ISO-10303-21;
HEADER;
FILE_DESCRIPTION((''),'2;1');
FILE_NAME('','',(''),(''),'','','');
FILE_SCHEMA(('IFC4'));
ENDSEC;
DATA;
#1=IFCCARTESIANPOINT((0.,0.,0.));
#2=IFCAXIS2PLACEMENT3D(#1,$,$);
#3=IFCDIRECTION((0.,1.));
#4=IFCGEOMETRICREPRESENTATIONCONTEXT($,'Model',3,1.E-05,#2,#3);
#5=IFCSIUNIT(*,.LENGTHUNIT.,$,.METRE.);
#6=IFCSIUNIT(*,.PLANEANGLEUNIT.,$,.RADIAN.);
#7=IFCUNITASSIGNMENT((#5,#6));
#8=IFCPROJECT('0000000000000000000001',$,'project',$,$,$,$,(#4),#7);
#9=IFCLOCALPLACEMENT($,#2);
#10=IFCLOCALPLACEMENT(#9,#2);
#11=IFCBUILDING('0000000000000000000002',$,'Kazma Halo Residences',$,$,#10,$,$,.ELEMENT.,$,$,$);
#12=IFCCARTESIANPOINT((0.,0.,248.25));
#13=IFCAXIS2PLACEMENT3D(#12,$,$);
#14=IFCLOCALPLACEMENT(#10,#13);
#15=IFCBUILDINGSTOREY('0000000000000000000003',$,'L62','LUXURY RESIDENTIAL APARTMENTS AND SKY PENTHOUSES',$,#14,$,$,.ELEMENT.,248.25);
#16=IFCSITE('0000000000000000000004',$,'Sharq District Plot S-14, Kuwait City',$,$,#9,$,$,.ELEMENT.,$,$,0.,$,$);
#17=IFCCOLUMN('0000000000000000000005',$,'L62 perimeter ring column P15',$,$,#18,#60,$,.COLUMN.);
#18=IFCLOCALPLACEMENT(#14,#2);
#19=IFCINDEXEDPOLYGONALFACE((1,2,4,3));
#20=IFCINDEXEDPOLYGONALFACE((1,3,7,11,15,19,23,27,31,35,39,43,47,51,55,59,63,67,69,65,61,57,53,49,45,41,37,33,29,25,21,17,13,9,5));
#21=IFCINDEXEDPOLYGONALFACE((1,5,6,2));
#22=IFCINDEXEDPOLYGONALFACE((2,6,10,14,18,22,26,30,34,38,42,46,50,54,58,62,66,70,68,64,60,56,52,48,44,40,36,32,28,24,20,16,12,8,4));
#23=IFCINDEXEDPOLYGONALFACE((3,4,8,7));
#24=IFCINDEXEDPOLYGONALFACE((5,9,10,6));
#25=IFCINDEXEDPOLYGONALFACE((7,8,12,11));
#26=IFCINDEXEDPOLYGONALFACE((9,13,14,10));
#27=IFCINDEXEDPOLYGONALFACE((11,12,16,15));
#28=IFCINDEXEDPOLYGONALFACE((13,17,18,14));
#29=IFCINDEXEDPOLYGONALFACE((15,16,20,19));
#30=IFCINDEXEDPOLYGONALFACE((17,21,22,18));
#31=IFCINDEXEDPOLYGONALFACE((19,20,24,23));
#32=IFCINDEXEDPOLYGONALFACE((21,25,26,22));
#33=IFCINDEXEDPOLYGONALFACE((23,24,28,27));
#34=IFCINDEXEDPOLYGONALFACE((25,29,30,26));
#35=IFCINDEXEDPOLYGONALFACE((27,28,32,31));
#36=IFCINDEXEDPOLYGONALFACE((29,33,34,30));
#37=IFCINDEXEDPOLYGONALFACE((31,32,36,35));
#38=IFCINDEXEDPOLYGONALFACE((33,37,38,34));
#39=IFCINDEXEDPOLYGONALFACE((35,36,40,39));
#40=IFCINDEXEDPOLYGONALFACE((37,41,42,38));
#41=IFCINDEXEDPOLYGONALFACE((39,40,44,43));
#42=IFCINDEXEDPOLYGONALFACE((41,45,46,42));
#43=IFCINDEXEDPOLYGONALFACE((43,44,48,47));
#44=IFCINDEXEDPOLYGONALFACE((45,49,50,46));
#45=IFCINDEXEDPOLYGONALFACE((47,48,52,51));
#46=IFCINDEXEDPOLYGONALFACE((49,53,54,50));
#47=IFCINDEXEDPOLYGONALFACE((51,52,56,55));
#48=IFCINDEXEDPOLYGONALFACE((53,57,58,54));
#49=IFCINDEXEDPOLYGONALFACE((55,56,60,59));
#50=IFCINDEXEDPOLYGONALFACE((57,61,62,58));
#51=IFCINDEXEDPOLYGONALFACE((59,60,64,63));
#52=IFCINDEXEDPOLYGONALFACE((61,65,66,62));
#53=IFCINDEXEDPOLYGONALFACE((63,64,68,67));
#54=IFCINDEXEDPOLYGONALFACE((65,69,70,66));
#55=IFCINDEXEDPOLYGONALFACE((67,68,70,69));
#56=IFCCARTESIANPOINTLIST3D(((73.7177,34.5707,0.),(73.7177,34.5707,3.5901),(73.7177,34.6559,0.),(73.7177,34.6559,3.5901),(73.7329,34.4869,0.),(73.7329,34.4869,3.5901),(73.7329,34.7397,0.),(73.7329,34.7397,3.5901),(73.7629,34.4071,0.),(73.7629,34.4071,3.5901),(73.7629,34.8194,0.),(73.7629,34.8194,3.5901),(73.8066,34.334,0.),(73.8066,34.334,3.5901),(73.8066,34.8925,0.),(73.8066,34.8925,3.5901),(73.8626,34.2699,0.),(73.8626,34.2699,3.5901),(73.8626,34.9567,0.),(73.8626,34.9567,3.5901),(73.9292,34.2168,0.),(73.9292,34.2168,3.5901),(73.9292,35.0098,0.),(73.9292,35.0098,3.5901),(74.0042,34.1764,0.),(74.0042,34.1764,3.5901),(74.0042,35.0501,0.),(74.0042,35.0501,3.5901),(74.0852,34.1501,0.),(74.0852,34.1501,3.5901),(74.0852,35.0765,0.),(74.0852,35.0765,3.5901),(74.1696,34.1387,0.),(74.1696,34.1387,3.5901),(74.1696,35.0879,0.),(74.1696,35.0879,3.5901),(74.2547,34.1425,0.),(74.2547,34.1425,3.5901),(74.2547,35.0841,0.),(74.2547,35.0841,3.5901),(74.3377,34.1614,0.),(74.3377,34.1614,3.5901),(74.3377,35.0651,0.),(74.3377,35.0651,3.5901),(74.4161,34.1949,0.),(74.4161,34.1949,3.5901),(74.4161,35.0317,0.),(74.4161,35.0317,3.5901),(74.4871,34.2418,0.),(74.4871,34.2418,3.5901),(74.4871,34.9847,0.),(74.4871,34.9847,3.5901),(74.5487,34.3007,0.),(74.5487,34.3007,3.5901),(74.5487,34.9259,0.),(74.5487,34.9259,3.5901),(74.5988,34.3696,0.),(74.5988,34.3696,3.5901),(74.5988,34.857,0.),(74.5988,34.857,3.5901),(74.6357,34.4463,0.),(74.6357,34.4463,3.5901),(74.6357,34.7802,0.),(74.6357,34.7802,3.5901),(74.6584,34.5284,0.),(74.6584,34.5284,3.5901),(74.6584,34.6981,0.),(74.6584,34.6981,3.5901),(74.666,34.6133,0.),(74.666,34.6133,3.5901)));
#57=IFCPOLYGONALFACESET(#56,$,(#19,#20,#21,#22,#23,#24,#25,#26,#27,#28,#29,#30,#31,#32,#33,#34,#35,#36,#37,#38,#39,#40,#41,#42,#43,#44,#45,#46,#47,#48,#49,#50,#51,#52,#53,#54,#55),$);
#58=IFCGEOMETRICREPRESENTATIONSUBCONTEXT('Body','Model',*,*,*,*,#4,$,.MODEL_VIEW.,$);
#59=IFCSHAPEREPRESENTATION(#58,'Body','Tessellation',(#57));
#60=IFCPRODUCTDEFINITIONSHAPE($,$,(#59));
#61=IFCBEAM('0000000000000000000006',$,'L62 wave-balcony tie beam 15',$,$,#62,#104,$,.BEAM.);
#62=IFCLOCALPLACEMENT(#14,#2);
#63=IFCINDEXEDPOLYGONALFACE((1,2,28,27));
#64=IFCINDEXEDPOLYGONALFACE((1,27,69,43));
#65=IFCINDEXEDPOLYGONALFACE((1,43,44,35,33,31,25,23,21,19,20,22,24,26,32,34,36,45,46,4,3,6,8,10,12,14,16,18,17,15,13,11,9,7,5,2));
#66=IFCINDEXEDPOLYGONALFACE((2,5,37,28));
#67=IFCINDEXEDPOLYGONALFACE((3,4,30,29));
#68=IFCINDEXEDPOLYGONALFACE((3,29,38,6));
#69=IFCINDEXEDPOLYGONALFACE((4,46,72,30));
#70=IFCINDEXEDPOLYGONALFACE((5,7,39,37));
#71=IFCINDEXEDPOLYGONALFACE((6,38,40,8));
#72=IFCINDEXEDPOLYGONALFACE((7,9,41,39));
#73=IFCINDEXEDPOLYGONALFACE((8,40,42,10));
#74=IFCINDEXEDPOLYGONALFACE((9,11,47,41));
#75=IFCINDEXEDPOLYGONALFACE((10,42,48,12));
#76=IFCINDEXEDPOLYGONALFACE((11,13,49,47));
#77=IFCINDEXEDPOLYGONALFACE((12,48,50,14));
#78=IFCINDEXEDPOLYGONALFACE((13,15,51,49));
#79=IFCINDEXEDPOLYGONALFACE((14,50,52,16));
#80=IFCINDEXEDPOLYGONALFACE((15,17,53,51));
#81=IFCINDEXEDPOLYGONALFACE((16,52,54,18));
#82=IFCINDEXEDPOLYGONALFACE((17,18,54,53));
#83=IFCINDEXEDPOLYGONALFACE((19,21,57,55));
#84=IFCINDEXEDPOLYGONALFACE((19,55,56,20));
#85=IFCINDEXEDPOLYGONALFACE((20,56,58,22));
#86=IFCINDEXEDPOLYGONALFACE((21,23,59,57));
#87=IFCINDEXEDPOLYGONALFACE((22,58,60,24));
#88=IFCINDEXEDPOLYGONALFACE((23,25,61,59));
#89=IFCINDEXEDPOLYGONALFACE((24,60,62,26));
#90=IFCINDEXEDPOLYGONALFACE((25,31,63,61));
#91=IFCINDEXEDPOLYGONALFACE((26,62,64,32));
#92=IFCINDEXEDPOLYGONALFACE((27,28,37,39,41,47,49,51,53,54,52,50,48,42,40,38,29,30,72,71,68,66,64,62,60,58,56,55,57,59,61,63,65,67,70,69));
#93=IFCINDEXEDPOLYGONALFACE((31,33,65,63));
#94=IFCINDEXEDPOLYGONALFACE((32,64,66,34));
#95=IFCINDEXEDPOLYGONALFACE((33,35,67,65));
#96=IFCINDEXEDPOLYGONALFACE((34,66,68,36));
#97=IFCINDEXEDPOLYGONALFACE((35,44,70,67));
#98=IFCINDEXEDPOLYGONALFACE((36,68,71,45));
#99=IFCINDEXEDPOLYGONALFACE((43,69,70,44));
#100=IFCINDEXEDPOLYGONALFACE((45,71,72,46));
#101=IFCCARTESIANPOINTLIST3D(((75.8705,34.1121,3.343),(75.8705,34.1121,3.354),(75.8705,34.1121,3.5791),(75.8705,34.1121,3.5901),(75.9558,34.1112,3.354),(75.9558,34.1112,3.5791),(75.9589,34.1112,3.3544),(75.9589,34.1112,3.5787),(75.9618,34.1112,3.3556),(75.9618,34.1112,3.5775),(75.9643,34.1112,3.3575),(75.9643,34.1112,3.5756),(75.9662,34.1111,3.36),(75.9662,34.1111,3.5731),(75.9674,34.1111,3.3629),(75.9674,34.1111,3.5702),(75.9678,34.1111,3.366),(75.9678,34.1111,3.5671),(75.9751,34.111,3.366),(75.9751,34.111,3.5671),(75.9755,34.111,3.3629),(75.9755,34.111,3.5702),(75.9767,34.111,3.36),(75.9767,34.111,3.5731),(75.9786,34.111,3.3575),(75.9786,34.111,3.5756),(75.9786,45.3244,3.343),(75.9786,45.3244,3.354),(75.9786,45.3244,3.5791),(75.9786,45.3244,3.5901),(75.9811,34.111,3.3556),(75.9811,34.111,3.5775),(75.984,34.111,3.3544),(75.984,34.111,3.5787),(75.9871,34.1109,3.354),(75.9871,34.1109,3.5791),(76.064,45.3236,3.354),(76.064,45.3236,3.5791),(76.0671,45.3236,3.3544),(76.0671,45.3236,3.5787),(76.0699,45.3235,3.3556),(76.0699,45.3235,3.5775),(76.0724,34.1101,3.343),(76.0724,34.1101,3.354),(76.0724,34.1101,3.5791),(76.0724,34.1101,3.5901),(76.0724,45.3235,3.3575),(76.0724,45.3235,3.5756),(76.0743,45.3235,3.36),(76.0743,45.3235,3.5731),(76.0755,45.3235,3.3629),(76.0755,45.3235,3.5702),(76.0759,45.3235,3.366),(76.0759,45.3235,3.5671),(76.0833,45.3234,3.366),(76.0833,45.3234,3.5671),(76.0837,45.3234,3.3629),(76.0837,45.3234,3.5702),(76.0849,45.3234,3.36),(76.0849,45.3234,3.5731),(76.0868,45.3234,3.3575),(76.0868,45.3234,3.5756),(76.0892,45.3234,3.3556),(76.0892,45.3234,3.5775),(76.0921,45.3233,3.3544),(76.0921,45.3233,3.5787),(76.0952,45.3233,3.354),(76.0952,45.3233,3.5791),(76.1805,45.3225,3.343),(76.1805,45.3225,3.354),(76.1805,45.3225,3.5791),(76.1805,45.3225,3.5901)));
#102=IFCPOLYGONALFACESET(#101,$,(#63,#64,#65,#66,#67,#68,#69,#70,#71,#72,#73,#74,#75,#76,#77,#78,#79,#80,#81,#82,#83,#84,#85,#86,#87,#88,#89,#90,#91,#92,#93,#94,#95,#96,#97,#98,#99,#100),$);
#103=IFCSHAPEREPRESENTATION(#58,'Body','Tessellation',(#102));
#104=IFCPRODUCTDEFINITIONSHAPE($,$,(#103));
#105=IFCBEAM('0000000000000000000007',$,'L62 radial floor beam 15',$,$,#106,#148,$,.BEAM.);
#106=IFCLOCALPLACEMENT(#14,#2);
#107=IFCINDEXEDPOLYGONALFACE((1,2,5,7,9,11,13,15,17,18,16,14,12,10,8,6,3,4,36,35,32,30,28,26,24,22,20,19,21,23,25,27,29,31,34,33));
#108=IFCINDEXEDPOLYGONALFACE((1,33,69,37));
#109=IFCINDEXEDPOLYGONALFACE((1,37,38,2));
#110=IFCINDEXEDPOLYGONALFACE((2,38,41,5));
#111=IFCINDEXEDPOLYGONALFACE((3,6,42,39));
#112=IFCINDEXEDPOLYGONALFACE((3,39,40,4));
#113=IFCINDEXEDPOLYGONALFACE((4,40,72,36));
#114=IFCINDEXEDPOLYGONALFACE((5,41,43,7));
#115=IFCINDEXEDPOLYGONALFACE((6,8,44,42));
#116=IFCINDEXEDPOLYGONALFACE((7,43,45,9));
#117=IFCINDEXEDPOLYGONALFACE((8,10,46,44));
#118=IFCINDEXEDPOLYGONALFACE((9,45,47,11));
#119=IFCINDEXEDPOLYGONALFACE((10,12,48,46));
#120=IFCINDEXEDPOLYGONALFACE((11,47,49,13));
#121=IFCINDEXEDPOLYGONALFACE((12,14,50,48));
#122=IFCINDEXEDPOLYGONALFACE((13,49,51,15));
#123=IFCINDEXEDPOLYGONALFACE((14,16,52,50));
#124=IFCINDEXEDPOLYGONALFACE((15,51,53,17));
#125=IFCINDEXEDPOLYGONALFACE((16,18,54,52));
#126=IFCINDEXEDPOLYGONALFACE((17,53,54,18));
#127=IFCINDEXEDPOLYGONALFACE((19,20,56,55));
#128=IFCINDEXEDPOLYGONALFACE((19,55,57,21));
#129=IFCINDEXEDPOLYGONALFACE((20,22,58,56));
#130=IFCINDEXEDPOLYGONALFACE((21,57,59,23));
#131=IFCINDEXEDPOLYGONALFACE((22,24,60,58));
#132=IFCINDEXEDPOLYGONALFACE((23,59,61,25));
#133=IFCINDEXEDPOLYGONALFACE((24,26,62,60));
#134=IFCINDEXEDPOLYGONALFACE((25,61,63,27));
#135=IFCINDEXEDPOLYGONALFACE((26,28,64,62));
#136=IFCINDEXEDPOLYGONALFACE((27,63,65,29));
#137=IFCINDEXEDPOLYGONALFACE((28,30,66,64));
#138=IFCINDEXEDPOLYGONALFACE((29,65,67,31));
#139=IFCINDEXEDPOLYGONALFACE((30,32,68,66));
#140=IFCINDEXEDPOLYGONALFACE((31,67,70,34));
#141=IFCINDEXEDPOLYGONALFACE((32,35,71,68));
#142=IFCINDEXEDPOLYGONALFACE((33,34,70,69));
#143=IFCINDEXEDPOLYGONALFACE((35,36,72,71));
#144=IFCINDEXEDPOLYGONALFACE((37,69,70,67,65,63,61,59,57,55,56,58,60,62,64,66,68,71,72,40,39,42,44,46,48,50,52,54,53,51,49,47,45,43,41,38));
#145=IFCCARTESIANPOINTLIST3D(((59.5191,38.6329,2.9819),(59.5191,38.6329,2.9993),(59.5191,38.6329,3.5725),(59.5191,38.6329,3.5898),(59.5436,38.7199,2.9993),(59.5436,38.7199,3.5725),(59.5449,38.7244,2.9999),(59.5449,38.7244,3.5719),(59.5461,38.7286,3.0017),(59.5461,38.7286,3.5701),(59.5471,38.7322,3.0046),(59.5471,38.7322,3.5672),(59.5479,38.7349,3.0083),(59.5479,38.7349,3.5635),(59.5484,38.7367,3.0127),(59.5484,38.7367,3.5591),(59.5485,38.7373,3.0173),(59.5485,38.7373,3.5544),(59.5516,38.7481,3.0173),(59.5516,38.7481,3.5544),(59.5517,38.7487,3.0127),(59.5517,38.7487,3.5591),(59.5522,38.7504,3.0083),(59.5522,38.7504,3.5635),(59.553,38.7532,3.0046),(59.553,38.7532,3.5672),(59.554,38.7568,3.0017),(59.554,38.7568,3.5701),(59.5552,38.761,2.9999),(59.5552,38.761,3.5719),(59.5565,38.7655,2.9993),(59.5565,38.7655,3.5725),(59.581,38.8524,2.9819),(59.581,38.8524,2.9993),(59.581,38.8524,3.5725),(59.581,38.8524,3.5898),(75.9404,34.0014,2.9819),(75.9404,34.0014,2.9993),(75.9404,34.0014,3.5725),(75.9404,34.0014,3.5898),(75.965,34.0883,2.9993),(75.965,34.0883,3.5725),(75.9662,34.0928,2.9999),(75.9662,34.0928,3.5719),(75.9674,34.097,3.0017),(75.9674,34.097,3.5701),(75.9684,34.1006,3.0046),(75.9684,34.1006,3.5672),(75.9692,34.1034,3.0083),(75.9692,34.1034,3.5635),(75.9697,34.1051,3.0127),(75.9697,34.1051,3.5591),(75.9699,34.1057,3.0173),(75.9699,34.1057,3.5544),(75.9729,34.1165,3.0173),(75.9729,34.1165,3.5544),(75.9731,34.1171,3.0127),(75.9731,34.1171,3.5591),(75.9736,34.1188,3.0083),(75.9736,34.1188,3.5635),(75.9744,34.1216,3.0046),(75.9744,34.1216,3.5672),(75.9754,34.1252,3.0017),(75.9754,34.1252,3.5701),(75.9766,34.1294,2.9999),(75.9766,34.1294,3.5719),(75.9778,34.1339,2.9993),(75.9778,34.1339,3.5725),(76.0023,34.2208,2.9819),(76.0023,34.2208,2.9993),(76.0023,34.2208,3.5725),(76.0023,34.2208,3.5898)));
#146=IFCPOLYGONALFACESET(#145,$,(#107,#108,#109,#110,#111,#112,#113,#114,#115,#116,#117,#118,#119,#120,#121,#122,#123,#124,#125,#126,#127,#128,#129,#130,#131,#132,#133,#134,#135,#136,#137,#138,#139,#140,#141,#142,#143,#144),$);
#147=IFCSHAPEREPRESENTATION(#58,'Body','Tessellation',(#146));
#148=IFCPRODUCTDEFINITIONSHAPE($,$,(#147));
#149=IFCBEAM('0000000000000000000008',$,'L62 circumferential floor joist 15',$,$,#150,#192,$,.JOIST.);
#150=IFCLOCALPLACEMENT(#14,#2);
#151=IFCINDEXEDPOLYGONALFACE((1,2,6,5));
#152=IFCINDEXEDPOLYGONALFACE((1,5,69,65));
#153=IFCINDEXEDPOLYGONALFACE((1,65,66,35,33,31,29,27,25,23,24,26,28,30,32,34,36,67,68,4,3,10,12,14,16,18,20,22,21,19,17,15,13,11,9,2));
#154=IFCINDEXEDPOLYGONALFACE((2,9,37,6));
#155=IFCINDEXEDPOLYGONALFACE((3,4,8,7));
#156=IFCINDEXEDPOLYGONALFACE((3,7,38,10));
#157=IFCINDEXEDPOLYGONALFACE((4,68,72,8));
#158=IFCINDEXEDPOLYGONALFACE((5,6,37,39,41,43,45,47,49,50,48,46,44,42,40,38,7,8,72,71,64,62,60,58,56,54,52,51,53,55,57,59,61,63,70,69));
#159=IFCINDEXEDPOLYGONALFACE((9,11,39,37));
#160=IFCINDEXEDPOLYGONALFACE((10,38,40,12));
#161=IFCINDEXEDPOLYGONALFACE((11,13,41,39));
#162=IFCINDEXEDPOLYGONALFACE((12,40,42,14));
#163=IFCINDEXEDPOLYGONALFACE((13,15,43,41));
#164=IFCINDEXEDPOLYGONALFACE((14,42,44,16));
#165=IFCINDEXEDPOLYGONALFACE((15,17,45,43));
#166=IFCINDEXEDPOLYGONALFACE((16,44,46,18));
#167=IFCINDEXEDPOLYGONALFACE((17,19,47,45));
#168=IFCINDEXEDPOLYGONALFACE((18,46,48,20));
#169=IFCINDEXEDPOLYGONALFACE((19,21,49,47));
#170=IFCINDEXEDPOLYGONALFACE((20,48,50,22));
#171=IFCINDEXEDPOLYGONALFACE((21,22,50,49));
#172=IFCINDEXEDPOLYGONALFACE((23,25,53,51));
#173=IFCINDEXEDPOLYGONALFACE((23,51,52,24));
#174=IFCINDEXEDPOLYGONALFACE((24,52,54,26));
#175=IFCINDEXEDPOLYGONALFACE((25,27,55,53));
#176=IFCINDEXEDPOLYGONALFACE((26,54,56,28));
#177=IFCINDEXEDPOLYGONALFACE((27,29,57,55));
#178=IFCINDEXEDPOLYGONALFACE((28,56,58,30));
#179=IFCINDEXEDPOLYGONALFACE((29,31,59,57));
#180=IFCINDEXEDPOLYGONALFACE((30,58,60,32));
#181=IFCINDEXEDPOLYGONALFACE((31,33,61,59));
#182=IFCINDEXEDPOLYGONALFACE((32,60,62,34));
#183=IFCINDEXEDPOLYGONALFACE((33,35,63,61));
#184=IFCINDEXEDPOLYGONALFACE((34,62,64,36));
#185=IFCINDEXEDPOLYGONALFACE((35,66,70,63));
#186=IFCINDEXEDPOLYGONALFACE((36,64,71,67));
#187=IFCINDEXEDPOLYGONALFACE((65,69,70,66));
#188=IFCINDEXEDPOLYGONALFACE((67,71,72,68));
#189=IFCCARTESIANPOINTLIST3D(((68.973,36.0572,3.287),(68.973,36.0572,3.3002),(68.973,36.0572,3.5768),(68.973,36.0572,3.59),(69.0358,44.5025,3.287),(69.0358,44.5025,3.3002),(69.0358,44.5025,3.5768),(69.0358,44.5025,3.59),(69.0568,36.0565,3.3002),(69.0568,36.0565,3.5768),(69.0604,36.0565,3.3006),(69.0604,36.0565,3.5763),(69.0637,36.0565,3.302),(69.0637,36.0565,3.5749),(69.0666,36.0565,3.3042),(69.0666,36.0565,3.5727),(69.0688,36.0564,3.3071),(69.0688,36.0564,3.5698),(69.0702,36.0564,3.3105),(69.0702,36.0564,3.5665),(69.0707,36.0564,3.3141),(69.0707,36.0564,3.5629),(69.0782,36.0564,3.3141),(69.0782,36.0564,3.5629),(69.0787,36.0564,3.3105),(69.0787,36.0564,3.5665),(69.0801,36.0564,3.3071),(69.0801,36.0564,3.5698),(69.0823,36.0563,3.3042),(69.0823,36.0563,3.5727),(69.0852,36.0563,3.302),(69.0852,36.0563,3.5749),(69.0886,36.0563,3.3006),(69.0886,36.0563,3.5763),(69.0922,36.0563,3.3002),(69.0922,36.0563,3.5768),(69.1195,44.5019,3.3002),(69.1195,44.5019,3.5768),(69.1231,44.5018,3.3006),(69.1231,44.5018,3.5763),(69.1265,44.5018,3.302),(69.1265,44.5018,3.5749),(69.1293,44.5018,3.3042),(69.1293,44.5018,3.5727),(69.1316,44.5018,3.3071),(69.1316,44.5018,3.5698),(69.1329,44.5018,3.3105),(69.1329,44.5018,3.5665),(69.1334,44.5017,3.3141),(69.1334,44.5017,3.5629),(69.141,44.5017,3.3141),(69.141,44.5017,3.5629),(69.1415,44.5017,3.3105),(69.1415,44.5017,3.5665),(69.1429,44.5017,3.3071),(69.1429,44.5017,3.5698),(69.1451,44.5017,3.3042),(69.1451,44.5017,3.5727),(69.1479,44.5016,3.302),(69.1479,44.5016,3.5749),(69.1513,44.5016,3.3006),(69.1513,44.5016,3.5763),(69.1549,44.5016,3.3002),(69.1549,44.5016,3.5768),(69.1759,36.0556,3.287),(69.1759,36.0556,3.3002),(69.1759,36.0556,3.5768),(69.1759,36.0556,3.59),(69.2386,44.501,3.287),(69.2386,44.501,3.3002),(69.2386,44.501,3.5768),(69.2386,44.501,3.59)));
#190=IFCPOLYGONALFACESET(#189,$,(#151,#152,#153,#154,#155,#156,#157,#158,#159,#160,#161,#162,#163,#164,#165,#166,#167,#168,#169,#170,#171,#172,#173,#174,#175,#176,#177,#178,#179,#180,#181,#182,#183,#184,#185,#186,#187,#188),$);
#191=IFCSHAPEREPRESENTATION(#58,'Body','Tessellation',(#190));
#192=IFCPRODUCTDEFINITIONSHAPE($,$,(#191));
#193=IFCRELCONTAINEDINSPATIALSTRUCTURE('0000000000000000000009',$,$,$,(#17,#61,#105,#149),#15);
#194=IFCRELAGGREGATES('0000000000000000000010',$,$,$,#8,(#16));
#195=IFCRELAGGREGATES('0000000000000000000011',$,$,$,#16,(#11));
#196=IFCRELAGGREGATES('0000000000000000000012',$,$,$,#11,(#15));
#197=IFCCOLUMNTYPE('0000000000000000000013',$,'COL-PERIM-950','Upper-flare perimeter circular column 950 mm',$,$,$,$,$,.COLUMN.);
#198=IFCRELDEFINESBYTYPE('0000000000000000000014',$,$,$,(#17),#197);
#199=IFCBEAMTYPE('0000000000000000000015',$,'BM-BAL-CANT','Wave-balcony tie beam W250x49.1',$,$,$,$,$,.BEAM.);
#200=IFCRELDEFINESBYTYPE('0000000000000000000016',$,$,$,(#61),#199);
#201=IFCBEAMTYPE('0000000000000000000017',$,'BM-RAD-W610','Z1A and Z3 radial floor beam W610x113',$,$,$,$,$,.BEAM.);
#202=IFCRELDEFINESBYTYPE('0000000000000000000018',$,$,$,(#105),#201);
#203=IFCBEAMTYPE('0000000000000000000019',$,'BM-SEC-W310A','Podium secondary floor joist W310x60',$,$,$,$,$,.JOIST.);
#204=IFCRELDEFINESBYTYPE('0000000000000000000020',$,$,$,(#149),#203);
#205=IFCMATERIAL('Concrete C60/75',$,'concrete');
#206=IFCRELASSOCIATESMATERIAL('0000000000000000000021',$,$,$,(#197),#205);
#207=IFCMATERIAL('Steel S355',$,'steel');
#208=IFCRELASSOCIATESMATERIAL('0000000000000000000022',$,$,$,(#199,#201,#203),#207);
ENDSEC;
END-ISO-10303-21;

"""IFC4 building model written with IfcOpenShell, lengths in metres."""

from ifc_helpers import new_model, si_unit, direction, frame, origin, origin_2d, place, context, subcontext, project, spatial, circle, i_section, extrude, material, material_profile, profile_set, type_object, element, save


model = new_model("IFC4")

# Units and contexts
model_context = context("Model", 3, precision=1e-05, world=origin(), true_north=direction((0.0, 1.0)))
body_context = subcontext(model_context, "Body", "Model", "MODEL_VIEW")
ifc_project = project(units=[si_unit("LENGTHUNIT", "METRE"), si_unit("PLANEANGLEUNIT", "RADIAN")], contexts=[model_context])

# Site, building, storey
site_placement = place(None, origin())
site = spatial("IfcSite", under=ifc_project, at=site_placement, Name="Sharq District Plot S-14, Kuwait City", CompositionType="ELEMENT", RefElevation=0.0)
building_placement = place(site_placement, origin())
building = spatial("IfcBuilding", under=site, at=building_placement, Name="Kazma Halo Residences", CompositionType="ELEMENT")
storey_placement = place(building_placement, frame((0.0, 0.0, 248.25)))
storey = spatial("IfcBuildingStorey", under=building, at=storey_placement, Name="L62", Description="LUXURY RESIDENTIAL APARTMENTS AND SKY PENTHOUSES", CompositionType="ELEMENT", Elevation=248.25)

# Column
ifc_material_1 = material(Name="Concrete C60/75", Category="concrete")
ifc_material_profile_1 = material_profile(ifc_material_1, circle(Radius=0.4751, at=origin_2d()), Name="CIRC950")
ifc_profile_set_1 = profile_set([ifc_material_profile_1], Name="Concrete C60/75")
column_type = type_object("IfcColumnType", Name="COL-PERIM-950", Description="Upper-flare perimeter circular column 950 mm", PredefinedType="COLUMN", material=ifc_profile_set_1)
column_placement = place(storey_placement, frame((74.1909, 34.6133, 0.0), z_axis=(0.0, 0.0, 1.0), x_axis=(1.0, 0.0, 0.0)))
element("IfcColumn", 1, at=column_placement, inside=storey, type_object=column_type, Name="L62 perimeter ring column P15", PredefinedType="COLUMN", context=body_context, shape_type="SweptSolid", body=[
    extrude(circle(Radius=0.4751, at=origin_2d()), origin(), (0.0, 0.0, 1.0), 3.5901),
])

# Beams
ifc_material_2 = material(Name="Steel S355", Category="steel")
ifc_material_profile_2 = material_profile(ifc_material_2, i_section(OverallWidth=0.2019, OverallDepth=0.2471, WebThickness=0.0073, FlangeThickness=0.011, FilletRadius=0.012, at=origin_2d()), Name="W250x49.1")
ifc_profile_set_2 = profile_set([ifc_material_profile_2], Name="Steel S355")
beam_type_1 = type_object("IfcBeamType", Name="BM-BAL-CANT", Description="Wave-balcony tie beam W250x49.1", PredefinedType="BEAM", material=ifc_profile_set_2)
beam_1_placement = place(storey_placement, frame((75.9714, 34.1111, 3.4666), z_axis=(0.009646, 0.999953, 0.0), x_axis=(-0.999953, 0.009646, 0.0)))
element("IfcBeam", 2, at=beam_1_placement, inside=storey, type_object=beam_type_1, Name="L62 wave-balcony tie beam 15", PredefinedType="BEAM", context=body_context, shape_type="SweptSolid", body=[
    extrude(i_section(OverallWidth=0.2019, OverallDepth=0.2471, WebThickness=0.0073, FlangeThickness=0.011, FilletRadius=0.012, at=origin_2d()), origin(), (0.0, 0.0, 1.0), 11.2129),
])
ifc_material_profile_3 = material_profile(ifc_material_2, i_section(OverallWidth=0.228, OverallDepth=0.6079, WebThickness=0.0112, FlangeThickness=0.0173, FilletRadius=0.0181, at=origin_2d()), Name="W610x113")
ifc_profile_set_3 = profile_set([ifc_material_profile_3], Name="Steel S355")
beam_type_2 = type_object("IfcBeamType", Name="BM-RAD-W610", Description="Z1A and Z3 radial floor beam W610x113", PredefinedType="BEAM", material=ifc_profile_set_3)
beam_2_placement = place(storey_placement, frame((59.55, 38.7427, 3.2859), z_axis=(0.962451, -0.271456, 0.0), x_axis=(0.271456, 0.962451, 0.0)))
element("IfcBeam", 3, at=beam_2_placement, inside=storey, type_object=beam_type_2, Name="L62 radial floor beam 15", PredefinedType="BEAM", context=body_context, shape_type="SweptSolid", body=[
    extrude(i_section(OverallWidth=0.228, OverallDepth=0.6079, WebThickness=0.0112, FlangeThickness=0.0173, FilletRadius=0.0181, at=origin_2d()), origin(), (0.0, 0.0, 1.0), 17.062),
])
ifc_material_profile_4 = material_profile(ifc_material_2, i_section(OverallWidth=0.2029, OverallDepth=0.303, WebThickness=0.0076, FlangeThickness=0.0132, FilletRadius=0.0139, at=origin_2d()), Name="W310x60")
ifc_profile_set_4 = profile_set([ifc_material_profile_4], Name="Steel S355")
beam_type_3 = type_object("IfcBeamType", Name="BM-SEC-W310A", Description="Podium secondary floor joist W310x60", PredefinedType="JOIST", material=ifc_profile_set_4)
beam_3_placement = place(storey_placement, frame((69.0745, 36.0564, 3.4385), z_axis=(0.007429, 0.999972, 0.0), x_axis=(-0.999972, 0.007429, 0.0)))
element("IfcBeam", 4, at=beam_3_placement, inside=storey, type_object=beam_type_3, Name="L62 circumferential floor joist 15", PredefinedType="JOIST", context=body_context, shape_type="SweptSolid", body=[
    extrude(i_section(OverallWidth=0.2029, OverallDepth=0.303, WebThickness=0.0076, FlangeThickness=0.0132, FilletRadius=0.0139, at=origin_2d()), origin(), (0.0, 0.0, 1.0), 8.4456),
])

save(model, "model.ifc")
